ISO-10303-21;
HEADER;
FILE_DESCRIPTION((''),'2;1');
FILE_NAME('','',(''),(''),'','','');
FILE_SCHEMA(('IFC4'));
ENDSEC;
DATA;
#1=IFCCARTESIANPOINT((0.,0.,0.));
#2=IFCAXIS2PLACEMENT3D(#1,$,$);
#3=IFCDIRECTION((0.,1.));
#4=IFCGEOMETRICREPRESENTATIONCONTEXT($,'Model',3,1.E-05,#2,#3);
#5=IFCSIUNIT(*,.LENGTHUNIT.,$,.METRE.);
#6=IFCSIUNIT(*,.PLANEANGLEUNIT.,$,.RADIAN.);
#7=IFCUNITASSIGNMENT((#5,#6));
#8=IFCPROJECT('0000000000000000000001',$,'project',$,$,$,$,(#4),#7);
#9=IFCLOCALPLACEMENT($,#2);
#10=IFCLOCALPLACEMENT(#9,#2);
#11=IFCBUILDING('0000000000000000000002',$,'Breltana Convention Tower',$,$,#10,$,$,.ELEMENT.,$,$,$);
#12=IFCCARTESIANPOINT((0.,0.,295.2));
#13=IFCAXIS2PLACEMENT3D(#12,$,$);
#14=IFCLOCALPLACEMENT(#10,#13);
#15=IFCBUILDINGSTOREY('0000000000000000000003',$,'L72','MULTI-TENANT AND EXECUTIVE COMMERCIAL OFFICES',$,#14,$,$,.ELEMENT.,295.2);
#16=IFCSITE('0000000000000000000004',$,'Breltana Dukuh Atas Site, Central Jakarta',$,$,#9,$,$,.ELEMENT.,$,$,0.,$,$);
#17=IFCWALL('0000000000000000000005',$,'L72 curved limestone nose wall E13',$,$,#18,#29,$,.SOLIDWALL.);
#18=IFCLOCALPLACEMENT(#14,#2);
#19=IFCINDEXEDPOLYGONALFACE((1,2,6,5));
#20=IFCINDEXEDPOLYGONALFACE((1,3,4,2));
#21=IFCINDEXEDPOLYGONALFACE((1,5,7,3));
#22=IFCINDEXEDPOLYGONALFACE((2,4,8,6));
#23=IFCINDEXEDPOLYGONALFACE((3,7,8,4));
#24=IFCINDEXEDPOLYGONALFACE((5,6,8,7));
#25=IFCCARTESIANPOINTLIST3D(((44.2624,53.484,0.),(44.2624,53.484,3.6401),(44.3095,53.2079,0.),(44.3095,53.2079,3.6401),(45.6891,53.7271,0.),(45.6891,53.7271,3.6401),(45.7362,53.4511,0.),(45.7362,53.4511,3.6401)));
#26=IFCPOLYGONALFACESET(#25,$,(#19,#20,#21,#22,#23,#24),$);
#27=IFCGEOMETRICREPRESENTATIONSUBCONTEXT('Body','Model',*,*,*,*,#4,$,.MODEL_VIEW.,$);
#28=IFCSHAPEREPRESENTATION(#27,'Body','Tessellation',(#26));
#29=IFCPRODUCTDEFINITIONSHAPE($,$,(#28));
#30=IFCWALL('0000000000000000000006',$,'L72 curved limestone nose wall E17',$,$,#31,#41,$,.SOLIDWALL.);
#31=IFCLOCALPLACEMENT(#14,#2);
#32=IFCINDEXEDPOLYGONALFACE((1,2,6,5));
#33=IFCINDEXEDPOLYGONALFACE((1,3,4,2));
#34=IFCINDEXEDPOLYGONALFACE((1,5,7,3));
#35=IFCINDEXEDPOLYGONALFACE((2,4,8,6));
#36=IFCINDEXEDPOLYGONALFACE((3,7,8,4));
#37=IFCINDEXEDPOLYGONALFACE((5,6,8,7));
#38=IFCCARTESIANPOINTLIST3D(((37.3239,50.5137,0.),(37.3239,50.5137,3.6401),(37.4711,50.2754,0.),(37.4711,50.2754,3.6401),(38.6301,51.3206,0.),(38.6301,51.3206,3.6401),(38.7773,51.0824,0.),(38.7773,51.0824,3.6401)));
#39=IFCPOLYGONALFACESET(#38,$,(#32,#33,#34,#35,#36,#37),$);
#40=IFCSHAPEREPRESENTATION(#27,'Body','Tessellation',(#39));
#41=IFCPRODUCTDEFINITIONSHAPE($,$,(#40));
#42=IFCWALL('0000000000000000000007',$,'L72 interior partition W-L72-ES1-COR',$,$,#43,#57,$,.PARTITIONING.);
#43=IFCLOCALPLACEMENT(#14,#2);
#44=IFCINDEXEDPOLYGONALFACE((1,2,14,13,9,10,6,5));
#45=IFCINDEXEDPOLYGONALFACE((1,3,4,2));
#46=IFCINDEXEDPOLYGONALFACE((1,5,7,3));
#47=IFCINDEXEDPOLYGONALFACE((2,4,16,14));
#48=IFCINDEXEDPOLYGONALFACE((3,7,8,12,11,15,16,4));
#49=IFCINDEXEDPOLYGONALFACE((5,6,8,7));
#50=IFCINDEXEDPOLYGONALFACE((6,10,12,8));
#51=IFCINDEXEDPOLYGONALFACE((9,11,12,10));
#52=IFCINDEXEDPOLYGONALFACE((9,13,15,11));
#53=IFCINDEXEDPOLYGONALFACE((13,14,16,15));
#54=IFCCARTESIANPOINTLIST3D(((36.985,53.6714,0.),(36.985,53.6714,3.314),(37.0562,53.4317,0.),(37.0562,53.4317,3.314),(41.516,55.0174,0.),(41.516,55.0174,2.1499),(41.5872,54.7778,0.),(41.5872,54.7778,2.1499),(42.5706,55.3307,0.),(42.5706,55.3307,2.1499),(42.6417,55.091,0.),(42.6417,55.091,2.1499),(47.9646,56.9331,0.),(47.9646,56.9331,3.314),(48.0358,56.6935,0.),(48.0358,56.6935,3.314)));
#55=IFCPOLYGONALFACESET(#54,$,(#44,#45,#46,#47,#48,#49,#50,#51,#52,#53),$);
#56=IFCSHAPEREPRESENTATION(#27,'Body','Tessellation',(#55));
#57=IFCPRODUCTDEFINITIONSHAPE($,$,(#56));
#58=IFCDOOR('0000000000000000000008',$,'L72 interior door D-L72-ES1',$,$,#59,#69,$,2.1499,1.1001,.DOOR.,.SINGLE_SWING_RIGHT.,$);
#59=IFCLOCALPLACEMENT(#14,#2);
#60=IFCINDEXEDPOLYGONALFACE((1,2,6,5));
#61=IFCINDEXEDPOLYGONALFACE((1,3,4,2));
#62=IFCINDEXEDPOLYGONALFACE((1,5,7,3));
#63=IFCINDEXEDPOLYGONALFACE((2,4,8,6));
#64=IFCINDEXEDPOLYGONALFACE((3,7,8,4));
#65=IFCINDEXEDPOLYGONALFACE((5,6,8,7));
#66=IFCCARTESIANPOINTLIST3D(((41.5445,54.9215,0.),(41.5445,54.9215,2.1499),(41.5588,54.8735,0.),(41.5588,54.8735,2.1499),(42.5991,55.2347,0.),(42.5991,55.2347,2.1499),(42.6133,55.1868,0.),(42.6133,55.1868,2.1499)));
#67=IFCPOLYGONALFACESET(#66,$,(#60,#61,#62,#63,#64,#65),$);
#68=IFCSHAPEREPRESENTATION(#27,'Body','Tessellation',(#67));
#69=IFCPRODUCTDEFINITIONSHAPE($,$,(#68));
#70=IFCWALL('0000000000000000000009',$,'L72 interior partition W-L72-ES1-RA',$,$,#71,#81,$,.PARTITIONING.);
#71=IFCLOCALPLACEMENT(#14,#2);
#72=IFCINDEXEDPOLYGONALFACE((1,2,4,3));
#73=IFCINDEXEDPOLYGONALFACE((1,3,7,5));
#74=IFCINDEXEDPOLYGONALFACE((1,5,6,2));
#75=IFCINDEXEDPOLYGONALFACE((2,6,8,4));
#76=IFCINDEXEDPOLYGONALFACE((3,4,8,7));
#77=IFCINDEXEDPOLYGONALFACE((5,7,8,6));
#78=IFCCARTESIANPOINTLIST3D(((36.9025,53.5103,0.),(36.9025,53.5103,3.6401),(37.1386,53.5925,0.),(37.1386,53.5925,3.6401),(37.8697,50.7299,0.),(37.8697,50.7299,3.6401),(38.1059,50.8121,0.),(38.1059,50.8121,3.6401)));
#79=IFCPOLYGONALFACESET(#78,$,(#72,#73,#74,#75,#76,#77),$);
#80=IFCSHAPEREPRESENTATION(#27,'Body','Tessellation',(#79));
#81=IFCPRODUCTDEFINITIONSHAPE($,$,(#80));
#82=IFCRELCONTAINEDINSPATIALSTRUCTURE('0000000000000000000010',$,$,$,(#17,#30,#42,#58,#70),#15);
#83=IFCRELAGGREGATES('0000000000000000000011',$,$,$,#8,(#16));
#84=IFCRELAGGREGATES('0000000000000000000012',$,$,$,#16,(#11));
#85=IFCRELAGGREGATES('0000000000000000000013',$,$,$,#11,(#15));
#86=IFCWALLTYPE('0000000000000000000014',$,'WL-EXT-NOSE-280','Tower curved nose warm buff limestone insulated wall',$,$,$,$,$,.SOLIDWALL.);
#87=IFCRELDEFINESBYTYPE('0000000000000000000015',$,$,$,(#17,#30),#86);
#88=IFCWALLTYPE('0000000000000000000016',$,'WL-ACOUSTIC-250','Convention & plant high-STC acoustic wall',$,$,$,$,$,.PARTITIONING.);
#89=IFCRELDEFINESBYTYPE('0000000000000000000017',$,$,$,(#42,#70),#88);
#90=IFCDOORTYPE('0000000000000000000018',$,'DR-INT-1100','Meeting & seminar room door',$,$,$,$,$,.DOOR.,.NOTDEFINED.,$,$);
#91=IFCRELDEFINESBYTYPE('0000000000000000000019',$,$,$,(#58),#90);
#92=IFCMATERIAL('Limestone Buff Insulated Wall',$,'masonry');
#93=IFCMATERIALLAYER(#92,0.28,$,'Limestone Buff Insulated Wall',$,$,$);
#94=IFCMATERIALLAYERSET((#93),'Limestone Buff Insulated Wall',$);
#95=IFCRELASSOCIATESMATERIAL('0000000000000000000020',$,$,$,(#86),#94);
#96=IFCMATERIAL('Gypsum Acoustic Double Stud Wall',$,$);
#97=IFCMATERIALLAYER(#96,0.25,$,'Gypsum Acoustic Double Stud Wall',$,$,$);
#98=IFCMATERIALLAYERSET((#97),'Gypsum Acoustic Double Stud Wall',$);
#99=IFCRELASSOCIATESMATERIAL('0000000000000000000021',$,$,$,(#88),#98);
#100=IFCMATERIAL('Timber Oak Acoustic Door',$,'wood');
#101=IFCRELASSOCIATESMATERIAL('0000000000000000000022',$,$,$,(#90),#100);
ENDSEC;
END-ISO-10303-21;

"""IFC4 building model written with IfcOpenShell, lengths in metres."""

from ifc_helpers import new_model, si_unit, direction, frame, frame_2d, origin, place, context, subcontext, project, spatial, rectangle, extrude, source, transform, mapped, material, layer, layer_set, type_object, type_shapes, element, fill, save


model = new_model("IFC4")

# Units and contexts
model_context = context("Model", 3, precision=1e-05, world=origin(), true_north=direction((0.0, 1.0)))
body_context = subcontext(model_context, "Body", "Model", "MODEL_VIEW")
ifc_project = project(units=[si_unit("LENGTHUNIT", "METRE"), si_unit("PLANEANGLEUNIT", "RADIAN")], contexts=[model_context])

# Site, building, storey
site_placement = place(None, origin())
site = spatial("IfcSite", under=ifc_project, at=site_placement, Name="Breltana Dukuh Atas Site, Central Jakarta", CompositionType="ELEMENT", RefElevation=0.0)
building_placement = place(site_placement, origin())
building = spatial("IfcBuilding", under=site, at=building_placement, Name="Breltana Convention Tower", CompositionType="ELEMENT")
storey_placement = place(building_placement, frame((0.0, 0.0, 295.2)))
storey = spatial("IfcBuildingStorey", under=building, at=storey_placement, Name="L72", Description="MULTI-TENANT AND EXECUTIVE COMMERCIAL OFFICES", CompositionType="ELEMENT", Elevation=295.2)

# Shared definitions
ifc_material_1 = material(Name="Limestone Buff Insulated Wall", Category="masonry")
ifc_layer_1 = layer(ifc_material_1, 0.28, Name="Limestone Buff Insulated Wall")
ifc_layer_set_1 = layer_set([ifc_layer_1], Name="Limestone Buff Insulated Wall")
wall_type_1 = type_object("IfcWallType", Name="WL-EXT-NOSE-280", Description="Tower curved nose warm buff limestone insulated wall", PredefinedType="SOLIDWALL", material=ifc_layer_set_1)

# Walls
shared_shape_1 = source(origin(), body_context, "Body", "SweptSolid", [
    extrude(rectangle(XDim=1.4473, YDim=0.28, at=frame_2d((0.7236, 0.0))), origin(), (0.0, 0.0, 1.0), 3.6401),
])
wall_1_placement = place(storey_placement, frame((45.7126, 53.5891, 0.0), z_axis=(0.0, 0.0, 1.0), x_axis=(-0.985786, -0.168009, 0.0)))
element("IfcWall", 1, at=wall_1_placement, inside=storey, type_object=wall_type_1, Name="L72 curved limestone nose wall E13", PredefinedType="SOLIDWALL", context=body_context, shape_type="MappedRepresentation", body=[
    mapped(shared_shape_1, transform((0.0, 0.0, 0.0), scale=1.0)),
])
shared_shape_2 = source(origin(), body_context, "Body", "SweptSolid", [
    extrude(rectangle(XDim=1.5354, YDim=0.28, at=frame_2d((0.7676, 0.0))), origin(), (0.0, 0.0, 1.0), 3.6401),
])
wall_2_placement = place(storey_placement, frame((38.7036, 51.2014, 0.0), z_axis=(0.0, 0.0, 1.0), x_axis=(-0.850756, -0.525561, 0.0)))
element("IfcWall", 2, at=wall_2_placement, inside=storey, type_object=wall_type_1, Name="L72 curved limestone nose wall E17", PredefinedType="SOLIDWALL", context=body_context, shape_type="MappedRepresentation", body=[
    mapped(shared_shape_2, transform((0.0, 0.0, 0.0), scale=1.0)),
])

# Wall, opening, door
ifc_material_2 = material(Name="Gypsum Acoustic Double Stud Wall")
ifc_layer_2 = layer(ifc_material_2, 0.25, Name="Gypsum Acoustic Double Stud Wall")
ifc_layer_set_2 = layer_set([ifc_layer_2], Name="Gypsum Acoustic Double Stud Wall")
wall_type_2 = type_object("IfcWallType", Name="WL-ACOUSTIC-250", Description="Convention & plant high-STC acoustic wall", PredefinedType="PARTITIONING", material=ifc_layer_set_2)
shared_shape_3 = source(origin(), body_context, "Body", "SweptSolid", [
    extrude(rectangle(XDim=11.4539, YDim=0.25, at=frame_2d((5.7271, 0.0))), origin(), (0.0, 0.0, 1.0), 3.314),
])
wall_3_placement = place(storey_placement, frame((37.0205, 53.5515, 0.0), z_axis=(0.0, 0.0, 1.0), x_axis=(0.958595, 0.284773, 0.0)))
wall_3 = element("IfcWall", 3, at=wall_3_placement, inside=storey, type_object=wall_type_2, Name="L72 interior partition W-L72-ES1-COR", PredefinedType="PARTITIONING", context=body_context, shape_type="MappedRepresentation", body=[
    mapped(shared_shape_3, transform((0.0, 0.0, 0.0), scale=1.0)),
])
opening_1_placement = place(wall_3_placement, frame((4.7268, 0.0, 0.0)))
opening_1 = element("IfcOpeningElement", 4, at=opening_1_placement, cuts=wall_3, PredefinedType="OPENING", context=body_context, shape_type="SweptSolid", body=[
    extrude(rectangle(XDim=1.1001, YDim=2.1499, at=frame_2d((0.55, 1.075))), frame((0.0, 0.135, 0.0), z_axis=(0.0, -1.0, 0.0), x_axis=(1.0, 0.0, 0.0)), (0.0, 0.0, 1.0), 0.27),
])
ifc_material_3 = material(Name="Timber Oak Acoustic Door", Category="wood")
door_type = type_object("IfcDoorType", Name="DR-INT-1100", Description="Meeting & seminar room door", OperationType="NOTDEFINED", PredefinedType="DOOR", material=ifc_material_3)
shared_shape_4 = source(origin(), body_context, "Body", "SweptSolid", [
    extrude(rectangle(XDim=1.1001, YDim=2.1499, at=frame_2d((0.55, 1.075))), frame((0.0, 0.0249, 0.0), z_axis=(0.0, -1.0, 0.0), x_axis=(1.0, 0.0, 0.0)), (0.0, 0.0, 1.0), 0.05),
])
type_shapes(door_type, [shared_shape_4])
door_placement = place(opening_1_placement, origin())
door = element("IfcDoor", 5, at=door_placement, inside=storey, type_object=door_type, Name="L72 interior door D-L72-ES1", OperationType="SINGLE_SWING_RIGHT", OverallHeight=2.1499, OverallWidth=1.1001, PredefinedType="DOOR", context=body_context, shape_type="MappedRepresentation", body=[
    mapped(shared_shape_4, transform((0.0, 0.0, 0.0), scale=1.0)),
])
fill(opening_1, door)

# Wall
shared_shape_5 = source(origin(), body_context, "Body", "SweptSolid", [
    extrude(rectangle(XDim=2.9438, YDim=0.25, at=frame_2d((1.4719, 0.0))), origin(), (0.0, 0.0, 1.0), 3.6401),
])
wall_4_placement = place(storey_placement, frame((37.9878, 50.771, 0.0), z_axis=(0.0, 0.0, 1.0), x_axis=(-0.328566, 0.944481, 0.0)))
element("IfcWall", 6, at=wall_4_placement, inside=storey, type_object=wall_type_2, Name="L72 interior partition W-L72-ES1-RA", PredefinedType="PARTITIONING", context=body_context, shape_type="MappedRepresentation", body=[
    mapped(shared_shape_5, transform((0.0, 0.0, 0.0), scale=1.0)),
])

save(model, "model.ifc")
